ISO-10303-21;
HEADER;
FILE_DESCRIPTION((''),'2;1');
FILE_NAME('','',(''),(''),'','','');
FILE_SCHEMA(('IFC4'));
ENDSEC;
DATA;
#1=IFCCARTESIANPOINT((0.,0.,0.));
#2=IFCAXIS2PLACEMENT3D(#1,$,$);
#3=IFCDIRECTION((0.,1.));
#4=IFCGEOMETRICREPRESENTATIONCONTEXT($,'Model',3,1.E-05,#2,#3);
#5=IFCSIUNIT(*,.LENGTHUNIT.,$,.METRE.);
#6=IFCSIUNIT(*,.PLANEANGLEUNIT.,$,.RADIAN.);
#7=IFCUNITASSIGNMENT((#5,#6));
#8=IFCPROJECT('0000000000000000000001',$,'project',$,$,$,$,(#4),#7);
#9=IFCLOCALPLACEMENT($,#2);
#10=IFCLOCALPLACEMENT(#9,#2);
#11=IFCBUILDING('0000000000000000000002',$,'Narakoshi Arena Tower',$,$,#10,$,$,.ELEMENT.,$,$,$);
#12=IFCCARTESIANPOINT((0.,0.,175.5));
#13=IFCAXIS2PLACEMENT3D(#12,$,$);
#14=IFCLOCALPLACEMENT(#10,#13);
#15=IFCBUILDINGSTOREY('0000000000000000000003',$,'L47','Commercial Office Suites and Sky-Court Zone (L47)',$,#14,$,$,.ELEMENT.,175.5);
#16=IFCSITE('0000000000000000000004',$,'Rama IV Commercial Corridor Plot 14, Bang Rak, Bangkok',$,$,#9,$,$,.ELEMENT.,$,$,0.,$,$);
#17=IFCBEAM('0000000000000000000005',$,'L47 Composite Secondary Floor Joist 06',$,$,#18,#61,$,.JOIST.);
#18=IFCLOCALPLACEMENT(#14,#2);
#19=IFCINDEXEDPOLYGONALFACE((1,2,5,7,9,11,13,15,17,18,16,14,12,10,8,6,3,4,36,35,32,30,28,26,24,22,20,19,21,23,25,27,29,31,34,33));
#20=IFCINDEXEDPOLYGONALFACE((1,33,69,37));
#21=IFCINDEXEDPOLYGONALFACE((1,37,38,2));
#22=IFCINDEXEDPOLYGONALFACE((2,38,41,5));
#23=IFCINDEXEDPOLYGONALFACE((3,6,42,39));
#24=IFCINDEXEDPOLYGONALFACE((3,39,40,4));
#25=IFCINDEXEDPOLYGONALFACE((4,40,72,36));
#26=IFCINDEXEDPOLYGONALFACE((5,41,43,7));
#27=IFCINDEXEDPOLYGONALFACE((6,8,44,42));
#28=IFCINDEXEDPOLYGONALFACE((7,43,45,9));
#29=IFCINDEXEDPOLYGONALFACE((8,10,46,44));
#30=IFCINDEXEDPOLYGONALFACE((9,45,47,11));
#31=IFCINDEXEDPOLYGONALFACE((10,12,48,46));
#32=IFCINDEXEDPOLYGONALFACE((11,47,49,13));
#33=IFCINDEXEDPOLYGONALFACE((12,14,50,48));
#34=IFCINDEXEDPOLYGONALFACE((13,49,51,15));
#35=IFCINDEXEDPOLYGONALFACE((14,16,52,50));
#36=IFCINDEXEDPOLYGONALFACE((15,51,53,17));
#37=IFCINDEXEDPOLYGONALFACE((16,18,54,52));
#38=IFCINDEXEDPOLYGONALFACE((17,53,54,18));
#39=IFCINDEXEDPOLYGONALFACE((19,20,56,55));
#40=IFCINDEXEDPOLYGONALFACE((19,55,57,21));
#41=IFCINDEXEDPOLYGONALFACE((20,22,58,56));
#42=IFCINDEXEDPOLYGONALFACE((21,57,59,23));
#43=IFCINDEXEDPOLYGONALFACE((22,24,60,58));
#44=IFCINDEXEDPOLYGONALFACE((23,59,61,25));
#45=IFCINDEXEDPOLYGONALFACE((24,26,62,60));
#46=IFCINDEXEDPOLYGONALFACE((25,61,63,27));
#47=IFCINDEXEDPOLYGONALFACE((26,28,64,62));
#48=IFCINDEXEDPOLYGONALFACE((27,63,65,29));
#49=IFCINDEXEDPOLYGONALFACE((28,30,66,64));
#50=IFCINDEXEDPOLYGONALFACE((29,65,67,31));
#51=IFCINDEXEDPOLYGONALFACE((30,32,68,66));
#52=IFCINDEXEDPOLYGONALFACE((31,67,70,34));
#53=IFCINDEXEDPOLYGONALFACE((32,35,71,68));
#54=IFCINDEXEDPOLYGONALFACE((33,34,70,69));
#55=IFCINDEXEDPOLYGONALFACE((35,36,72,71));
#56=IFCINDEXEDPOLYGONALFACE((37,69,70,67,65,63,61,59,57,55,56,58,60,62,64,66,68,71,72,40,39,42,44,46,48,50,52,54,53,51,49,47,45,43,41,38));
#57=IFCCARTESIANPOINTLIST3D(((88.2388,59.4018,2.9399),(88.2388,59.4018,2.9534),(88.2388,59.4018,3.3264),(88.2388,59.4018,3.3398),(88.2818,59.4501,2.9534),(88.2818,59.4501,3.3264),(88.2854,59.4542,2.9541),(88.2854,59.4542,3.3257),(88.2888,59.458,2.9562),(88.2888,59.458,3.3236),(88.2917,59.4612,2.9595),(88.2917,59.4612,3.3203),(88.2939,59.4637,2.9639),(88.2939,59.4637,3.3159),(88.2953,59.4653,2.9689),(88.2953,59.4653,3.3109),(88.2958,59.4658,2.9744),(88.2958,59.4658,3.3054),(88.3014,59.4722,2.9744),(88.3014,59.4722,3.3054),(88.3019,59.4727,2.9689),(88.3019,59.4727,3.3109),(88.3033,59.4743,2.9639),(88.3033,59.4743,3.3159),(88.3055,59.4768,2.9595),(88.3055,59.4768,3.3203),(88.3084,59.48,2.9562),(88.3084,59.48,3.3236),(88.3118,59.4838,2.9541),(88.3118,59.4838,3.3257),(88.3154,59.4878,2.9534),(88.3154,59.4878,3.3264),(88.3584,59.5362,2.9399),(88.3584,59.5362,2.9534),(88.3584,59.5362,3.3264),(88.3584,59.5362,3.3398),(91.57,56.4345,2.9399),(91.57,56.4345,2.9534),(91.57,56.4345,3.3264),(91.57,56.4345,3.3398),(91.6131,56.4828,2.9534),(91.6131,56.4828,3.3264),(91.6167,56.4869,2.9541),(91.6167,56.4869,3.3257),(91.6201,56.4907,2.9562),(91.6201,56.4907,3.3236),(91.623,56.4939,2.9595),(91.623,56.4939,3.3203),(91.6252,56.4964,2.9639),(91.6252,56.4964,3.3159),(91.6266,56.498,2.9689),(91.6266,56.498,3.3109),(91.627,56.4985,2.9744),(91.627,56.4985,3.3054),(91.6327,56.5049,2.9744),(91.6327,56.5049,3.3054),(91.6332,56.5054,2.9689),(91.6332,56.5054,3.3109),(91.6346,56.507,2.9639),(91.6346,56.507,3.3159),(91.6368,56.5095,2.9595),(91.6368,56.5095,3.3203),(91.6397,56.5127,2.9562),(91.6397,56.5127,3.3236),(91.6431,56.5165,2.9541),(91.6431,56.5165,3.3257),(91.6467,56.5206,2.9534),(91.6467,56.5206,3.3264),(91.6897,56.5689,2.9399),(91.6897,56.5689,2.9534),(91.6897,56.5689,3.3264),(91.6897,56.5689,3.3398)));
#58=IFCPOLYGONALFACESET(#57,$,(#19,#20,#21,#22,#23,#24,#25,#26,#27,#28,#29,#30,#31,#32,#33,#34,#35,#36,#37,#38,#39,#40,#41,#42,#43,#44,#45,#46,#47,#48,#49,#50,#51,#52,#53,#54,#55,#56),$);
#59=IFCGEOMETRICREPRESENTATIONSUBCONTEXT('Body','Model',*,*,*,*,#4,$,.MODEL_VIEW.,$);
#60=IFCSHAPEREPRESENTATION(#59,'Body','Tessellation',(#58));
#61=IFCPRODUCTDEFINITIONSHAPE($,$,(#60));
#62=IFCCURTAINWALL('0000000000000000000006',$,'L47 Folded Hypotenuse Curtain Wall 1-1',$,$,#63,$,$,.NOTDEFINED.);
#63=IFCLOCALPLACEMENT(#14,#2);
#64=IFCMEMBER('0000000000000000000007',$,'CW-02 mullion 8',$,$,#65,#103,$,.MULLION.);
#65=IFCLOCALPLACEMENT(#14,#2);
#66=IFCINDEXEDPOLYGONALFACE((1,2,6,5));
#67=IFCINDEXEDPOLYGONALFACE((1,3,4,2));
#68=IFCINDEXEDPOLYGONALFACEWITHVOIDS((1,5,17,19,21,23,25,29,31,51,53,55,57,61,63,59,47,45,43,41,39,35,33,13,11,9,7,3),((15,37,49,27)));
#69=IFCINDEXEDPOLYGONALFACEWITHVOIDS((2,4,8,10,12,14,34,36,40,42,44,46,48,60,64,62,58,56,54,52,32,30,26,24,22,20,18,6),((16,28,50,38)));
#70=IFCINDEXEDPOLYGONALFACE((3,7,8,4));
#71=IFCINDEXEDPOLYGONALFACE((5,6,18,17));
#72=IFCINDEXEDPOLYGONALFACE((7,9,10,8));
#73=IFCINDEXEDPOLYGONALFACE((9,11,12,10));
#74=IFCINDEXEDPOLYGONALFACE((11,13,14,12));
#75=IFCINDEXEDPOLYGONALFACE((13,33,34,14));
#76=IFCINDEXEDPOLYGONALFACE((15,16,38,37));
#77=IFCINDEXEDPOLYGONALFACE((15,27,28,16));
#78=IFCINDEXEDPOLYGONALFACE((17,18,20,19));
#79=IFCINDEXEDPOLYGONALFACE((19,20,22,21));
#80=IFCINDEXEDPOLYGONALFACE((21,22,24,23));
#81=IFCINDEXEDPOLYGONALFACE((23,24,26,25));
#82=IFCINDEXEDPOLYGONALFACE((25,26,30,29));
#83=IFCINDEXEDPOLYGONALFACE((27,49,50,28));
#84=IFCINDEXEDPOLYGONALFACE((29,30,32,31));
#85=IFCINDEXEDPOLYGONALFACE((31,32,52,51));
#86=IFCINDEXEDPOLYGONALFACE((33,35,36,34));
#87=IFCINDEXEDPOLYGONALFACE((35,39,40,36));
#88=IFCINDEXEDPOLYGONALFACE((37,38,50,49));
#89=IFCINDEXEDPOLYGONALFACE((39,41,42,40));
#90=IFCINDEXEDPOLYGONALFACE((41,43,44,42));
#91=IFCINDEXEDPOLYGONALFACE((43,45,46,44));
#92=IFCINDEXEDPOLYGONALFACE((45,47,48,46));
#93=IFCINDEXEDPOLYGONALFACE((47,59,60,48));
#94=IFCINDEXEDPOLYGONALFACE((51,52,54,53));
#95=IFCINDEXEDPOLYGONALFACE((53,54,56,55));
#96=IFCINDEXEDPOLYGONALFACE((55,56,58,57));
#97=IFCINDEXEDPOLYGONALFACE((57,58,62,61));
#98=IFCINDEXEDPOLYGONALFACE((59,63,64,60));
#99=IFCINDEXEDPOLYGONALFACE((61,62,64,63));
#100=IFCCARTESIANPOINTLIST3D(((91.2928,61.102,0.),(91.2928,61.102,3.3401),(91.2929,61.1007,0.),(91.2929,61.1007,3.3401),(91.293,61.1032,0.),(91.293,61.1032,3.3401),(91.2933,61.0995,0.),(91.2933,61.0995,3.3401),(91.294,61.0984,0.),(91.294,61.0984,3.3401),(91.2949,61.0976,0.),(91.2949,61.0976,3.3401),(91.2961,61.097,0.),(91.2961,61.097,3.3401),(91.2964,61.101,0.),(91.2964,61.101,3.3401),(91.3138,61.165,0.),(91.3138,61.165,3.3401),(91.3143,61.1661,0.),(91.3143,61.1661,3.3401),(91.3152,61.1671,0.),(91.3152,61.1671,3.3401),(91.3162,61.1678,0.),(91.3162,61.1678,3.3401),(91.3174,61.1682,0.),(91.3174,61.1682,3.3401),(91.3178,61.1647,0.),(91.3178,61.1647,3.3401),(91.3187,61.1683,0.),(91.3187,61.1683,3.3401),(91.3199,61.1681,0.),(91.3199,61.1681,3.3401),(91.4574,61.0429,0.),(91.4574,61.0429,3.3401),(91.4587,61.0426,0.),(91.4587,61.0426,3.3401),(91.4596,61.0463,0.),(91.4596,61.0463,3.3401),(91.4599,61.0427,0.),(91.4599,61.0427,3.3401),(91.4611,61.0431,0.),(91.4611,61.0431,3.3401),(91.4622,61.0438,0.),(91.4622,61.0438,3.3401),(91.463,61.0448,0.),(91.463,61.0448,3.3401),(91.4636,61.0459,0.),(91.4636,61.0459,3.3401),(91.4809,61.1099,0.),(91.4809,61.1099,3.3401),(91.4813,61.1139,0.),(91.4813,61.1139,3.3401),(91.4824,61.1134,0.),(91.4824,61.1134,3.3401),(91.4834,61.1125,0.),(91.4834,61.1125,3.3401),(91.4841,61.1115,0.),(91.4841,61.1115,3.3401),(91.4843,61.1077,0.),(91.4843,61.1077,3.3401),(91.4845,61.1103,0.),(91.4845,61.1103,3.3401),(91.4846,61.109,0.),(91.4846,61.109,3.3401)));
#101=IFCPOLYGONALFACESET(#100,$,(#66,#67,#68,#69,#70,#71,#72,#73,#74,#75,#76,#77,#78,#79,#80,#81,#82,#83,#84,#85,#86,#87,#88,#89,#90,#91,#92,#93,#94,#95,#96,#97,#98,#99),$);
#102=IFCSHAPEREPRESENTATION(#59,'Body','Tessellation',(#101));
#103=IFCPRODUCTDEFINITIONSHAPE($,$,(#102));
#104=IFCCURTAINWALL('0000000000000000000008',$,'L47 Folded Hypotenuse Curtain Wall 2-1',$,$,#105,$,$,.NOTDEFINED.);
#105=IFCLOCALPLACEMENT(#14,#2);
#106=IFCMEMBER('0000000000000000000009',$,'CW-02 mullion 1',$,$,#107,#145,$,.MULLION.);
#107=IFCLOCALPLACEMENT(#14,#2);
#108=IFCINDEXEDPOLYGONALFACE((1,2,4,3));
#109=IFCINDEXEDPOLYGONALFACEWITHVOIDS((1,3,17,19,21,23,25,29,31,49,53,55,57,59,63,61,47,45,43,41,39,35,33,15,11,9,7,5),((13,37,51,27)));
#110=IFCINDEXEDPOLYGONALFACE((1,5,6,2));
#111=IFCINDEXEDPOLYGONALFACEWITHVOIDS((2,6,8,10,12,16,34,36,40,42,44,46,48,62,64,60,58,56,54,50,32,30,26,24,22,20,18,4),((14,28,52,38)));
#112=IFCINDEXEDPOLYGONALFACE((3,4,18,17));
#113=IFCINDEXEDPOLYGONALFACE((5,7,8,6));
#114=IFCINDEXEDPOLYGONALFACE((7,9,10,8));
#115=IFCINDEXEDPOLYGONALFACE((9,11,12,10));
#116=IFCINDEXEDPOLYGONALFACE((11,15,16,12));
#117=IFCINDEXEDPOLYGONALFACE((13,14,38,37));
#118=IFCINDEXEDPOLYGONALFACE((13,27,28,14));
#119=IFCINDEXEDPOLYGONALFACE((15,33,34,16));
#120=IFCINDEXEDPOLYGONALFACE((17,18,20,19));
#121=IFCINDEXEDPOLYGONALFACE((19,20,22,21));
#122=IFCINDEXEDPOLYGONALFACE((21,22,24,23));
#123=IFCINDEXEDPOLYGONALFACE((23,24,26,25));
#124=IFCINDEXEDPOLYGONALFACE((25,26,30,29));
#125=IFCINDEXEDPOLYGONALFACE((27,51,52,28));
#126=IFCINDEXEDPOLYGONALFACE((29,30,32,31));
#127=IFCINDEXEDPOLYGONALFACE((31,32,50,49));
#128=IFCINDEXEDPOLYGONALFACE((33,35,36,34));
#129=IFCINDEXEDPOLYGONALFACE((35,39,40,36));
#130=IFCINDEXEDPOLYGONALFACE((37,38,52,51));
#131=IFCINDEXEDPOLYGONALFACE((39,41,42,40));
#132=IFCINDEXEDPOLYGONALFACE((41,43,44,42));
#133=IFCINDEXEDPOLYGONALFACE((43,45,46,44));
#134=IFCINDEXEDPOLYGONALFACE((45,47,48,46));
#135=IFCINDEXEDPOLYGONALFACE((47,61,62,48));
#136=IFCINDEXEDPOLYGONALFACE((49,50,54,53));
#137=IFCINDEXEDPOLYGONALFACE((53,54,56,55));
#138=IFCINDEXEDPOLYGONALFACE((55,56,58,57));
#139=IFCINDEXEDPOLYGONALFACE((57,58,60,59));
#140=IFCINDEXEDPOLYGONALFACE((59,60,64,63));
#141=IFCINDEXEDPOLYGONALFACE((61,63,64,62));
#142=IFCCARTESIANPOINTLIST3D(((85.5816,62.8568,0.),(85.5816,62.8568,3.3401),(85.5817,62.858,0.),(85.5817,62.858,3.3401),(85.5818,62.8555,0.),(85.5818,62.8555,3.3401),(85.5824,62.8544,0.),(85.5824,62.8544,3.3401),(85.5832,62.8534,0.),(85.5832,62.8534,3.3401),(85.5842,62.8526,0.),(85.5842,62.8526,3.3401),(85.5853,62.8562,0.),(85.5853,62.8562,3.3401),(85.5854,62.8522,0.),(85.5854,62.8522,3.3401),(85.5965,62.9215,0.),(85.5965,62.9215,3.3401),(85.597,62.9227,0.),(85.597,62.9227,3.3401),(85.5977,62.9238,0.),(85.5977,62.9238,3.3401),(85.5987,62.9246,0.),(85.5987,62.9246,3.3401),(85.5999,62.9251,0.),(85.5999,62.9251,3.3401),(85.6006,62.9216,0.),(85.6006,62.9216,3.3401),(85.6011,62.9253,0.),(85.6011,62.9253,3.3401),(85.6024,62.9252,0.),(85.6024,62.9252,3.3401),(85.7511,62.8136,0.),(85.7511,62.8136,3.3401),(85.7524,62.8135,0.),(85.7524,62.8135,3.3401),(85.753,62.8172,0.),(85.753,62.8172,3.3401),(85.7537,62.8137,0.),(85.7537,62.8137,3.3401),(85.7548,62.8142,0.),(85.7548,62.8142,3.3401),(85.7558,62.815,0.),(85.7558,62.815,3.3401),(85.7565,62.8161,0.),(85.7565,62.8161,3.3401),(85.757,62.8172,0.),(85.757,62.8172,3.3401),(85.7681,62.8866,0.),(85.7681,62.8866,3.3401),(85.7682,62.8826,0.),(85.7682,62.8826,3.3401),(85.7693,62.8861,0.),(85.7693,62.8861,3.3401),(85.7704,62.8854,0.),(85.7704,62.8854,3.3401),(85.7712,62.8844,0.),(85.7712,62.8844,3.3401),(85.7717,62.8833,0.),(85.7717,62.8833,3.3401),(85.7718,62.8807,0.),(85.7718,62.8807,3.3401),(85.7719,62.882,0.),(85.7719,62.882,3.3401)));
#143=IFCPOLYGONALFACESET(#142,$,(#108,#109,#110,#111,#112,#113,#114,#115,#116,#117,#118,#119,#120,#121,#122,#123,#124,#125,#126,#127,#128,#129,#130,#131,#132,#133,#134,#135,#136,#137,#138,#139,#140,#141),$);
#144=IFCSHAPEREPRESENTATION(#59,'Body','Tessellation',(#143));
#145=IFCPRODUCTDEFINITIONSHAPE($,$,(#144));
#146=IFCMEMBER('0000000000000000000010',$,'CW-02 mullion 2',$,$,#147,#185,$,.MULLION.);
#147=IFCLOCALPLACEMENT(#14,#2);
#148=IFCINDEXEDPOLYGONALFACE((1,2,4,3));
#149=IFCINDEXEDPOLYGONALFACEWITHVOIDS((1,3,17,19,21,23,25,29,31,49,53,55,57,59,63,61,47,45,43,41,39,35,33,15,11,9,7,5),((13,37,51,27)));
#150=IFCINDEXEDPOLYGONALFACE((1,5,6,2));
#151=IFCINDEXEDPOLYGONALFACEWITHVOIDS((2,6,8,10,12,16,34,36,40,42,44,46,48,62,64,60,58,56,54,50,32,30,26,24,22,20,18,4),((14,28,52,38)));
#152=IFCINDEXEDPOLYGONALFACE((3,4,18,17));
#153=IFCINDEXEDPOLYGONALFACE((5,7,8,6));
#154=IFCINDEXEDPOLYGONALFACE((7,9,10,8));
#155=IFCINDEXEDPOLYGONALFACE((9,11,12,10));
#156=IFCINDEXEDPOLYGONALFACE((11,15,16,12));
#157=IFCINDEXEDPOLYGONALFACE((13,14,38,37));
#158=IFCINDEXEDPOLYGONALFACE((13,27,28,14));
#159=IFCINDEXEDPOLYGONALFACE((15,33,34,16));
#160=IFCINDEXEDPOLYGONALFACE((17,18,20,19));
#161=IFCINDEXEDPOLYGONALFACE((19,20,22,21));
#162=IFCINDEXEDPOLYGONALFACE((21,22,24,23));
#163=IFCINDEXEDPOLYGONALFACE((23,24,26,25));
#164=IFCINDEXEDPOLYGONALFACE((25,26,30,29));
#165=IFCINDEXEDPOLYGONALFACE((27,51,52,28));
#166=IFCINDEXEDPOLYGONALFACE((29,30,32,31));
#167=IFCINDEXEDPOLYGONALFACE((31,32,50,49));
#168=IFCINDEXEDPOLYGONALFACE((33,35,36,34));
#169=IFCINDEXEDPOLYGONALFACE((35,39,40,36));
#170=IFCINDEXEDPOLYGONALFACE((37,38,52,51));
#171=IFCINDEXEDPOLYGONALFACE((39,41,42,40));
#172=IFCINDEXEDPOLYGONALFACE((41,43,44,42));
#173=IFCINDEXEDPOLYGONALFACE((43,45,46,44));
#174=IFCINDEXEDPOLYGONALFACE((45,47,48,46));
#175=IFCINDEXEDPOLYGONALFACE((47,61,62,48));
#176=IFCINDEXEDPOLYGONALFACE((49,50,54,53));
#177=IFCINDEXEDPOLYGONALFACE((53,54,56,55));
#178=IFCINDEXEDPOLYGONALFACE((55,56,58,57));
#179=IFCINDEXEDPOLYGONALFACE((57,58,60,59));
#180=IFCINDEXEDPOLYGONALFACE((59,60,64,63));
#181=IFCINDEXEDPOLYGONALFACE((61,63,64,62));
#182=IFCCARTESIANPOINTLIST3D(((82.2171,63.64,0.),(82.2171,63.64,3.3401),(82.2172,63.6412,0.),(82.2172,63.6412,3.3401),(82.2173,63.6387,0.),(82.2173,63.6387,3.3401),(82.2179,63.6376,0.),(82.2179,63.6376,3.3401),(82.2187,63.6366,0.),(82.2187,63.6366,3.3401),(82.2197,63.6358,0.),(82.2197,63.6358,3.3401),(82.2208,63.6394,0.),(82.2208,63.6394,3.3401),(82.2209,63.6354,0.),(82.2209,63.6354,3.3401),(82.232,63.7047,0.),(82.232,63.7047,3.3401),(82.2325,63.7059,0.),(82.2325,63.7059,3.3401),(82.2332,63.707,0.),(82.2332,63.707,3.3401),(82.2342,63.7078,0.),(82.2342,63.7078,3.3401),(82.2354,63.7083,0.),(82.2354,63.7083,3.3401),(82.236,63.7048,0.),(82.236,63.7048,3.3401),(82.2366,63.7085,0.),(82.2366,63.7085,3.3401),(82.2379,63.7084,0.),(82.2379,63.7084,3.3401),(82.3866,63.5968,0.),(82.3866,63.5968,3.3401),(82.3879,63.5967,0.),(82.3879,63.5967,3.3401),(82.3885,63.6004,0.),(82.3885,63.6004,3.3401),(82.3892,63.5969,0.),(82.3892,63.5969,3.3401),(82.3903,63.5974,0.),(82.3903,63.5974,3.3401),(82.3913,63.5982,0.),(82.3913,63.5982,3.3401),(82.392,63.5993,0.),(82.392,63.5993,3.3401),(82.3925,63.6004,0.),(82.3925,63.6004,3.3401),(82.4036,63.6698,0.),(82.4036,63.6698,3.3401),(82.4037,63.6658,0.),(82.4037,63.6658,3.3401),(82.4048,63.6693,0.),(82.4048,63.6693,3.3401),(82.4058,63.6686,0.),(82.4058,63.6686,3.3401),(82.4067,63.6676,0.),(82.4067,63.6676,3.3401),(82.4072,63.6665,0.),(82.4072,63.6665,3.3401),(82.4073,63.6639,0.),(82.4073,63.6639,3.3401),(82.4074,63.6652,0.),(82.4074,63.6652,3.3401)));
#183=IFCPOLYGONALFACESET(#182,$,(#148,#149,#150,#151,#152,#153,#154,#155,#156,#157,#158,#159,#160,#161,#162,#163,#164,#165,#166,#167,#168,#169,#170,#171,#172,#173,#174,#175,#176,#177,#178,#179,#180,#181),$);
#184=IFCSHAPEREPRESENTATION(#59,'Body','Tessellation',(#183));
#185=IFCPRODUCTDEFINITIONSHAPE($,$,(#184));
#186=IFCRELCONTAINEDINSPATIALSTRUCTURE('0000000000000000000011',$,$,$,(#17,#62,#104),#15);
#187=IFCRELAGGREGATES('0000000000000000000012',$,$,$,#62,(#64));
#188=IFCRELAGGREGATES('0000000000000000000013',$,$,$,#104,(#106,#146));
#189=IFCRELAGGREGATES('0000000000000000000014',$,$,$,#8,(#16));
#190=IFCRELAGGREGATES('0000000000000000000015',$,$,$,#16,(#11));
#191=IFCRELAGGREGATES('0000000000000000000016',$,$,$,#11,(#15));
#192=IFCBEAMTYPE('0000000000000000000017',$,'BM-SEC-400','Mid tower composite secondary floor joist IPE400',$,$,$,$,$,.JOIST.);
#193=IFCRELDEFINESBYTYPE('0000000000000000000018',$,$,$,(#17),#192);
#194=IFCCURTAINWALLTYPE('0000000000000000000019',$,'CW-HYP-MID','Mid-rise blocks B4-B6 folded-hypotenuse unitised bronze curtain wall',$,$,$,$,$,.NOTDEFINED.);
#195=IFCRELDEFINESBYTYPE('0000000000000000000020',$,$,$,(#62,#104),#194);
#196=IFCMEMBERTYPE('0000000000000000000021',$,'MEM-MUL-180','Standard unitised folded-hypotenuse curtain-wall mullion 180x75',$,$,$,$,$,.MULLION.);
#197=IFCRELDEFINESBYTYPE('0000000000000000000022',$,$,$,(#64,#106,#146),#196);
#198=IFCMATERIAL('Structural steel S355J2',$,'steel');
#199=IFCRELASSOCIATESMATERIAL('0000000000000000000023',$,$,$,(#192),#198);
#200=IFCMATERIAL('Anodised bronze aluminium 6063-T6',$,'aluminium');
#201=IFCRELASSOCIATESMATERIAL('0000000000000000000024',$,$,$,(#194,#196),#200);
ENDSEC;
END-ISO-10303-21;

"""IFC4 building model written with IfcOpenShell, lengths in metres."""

from ifc_helpers import new_model, si_unit, direction, frame, origin, origin_2d, place, context, subcontext, project, spatial, hollow_rectangle, i_section, extrude, material, material_profile, profile_set, type_object, element, aggregate, save


model = new_model("IFC4")

# Units and contexts
model_context = context("Model", 3, precision=1e-05, world=origin(), true_north=direction((0.0, 1.0)))
body_context = subcontext(model_context, "Body", "Model", "MODEL_VIEW")
ifc_project = project(units=[si_unit("LENGTHUNIT", "METRE"), si_unit("PLANEANGLEUNIT", "RADIAN")], contexts=[model_context])

# Site, building, storey
site_placement = place(None, origin())
site = spatial("IfcSite", under=ifc_project, at=site_placement, Name="Rama IV Commercial Corridor Plot 14, Bang Rak, Bangkok", CompositionType="ELEMENT", RefElevation=0.0)
building_placement = place(site_placement, origin())
building = spatial("IfcBuilding", under=site, at=building_placement, Name="Narakoshi Arena Tower", CompositionType="ELEMENT")
storey_placement = place(building_placement, frame((0.0, 0.0, 175.5)))
storey = spatial("IfcBuildingStorey", under=building, at=storey_placement, Name="L47", Description="Commercial Office Suites and Sky-Court Zone (L47)", CompositionType="ELEMENT", Elevation=175.5)

# Beam
ifc_material_1 = material(Name="Structural steel S355J2", Category="steel")
ifc_material_profile_1 = material_profile(ifc_material_1, i_section(OverallWidth=0.1799, OverallDepth=0.3999, WebThickness=0.0085, FlangeThickness=0.0134, FilletRadius=0.021, at=origin_2d()), Name="IPE400")
ifc_profile_set_1 = profile_set([ifc_material_profile_1], Name="Structural steel S355J2")
beam_type_1 = type_object("IfcBeamType", Name="BM-SEC-400", Description="Mid tower composite secondary floor joist IPE400", PredefinedType="JOIST", material=ifc_profile_set_1)
beam_1_placement = place(storey_placement, frame((91.6299, 56.5017, 3.1399), z_axis=(-0.746727, 0.665131, 0.0), x_axis=(-0.665131, -0.746727, 0.0)))
element("IfcBeam", 1, at=beam_1_placement, inside=storey, type_object=beam_type_1, Name="L47 Composite Secondary Floor Joist 06", PredefinedType="JOIST", context=body_context, shape_type="SweptSolid", body=[
    extrude(i_section(OverallWidth=0.1799, OverallDepth=0.3999, WebThickness=0.0085, FlangeThickness=0.0134, FilletRadius=0.021, at=origin_2d()), origin(), (0.0, 0.0, 1.0), 4.4612),
])

# Curtain wall, member
ifc_material_2 = material(Name="Anodised bronze aluminium 6063-T6", Category="aluminium")
curtain_wall_type = type_object("IfcCurtainWallType", Name="CW-HYP-MID", Description="Mid-rise blocks B4-B6 folded-hypotenuse unitised bronze curtain wall", PredefinedType="NOTDEFINED", material=ifc_material_2)
curtain_wall_1_placement = place(storey_placement, origin())
curtain_wall_1 = element("IfcCurtainWall", 2, at=curtain_wall_1_placement, inside=storey, type_object=curtain_wall_type, Name="L47 Folded Hypotenuse Curtain Wall 1-1", PredefinedType="NOTDEFINED")
ifc_material_profile_2 = material_profile(ifc_material_2, hollow_rectangle(XDim=0.075, YDim=0.1799, WallThickness=0.0039, OuterFilletRadius=0.0049, at=origin_2d()), Name="MUL180x75x4")
ifc_profile_set_2 = profile_set([ifc_material_profile_2], Name="Anodised bronze aluminium 6063-T6")
member_type_1 = type_object("IfcMemberType", Name="MEM-MUL-180", Description="Standard unitised folded-hypotenuse curtain-wall mullion 180x75", PredefinedType="MULLION", material=ifc_profile_set_2)
member_1_placement = place(storey_placement, frame((91.3887, 61.1055, 0.0), z_axis=(0.0, 0.0, 1.0), x_axis=(-0.318261, -0.948003, 0.0)))
member_1 = element("IfcMember", 3, at=member_1_placement, type_object=member_type_1, Name="CW-02 mullion 8", PredefinedType="MULLION", context=body_context, shape_type="SweptSolid", body=[
    extrude(hollow_rectangle(XDim=0.075, YDim=0.1799, WallThickness=0.0039, OuterFilletRadius=0.0049, at=origin_2d()), origin(), (0.0, 0.0, 1.0), 3.3401),
])
aggregate(curtain_wall_1, [member_1])

# Curtain wall, members
curtain_wall_2_placement = place(storey_placement, origin())
curtain_wall_2 = element("IfcCurtainWall", 4, at=curtain_wall_2_placement, inside=storey, type_object=curtain_wall_type, Name="L47 Folded Hypotenuse Curtain Wall 2-1", PredefinedType="NOTDEFINED")
member_2_placement = place(storey_placement, frame((85.6768, 62.8694, 0.0), z_axis=(0.0, 0.0, 1.0), x_axis=(-0.226721, -0.97396, 0.0)))
member_2 = element("IfcMember", 5, at=member_2_placement, type_object=member_type_1, Name="CW-02 mullion 1", PredefinedType="MULLION", context=body_context, shape_type="SweptSolid", body=[
    extrude(hollow_rectangle(XDim=0.075, YDim=0.1799, WallThickness=0.0039, OuterFilletRadius=0.0049, at=origin_2d()), origin(), (0.0, 0.0, 1.0), 3.3401),
])
member_3_placement = place(storey_placement, frame((82.3123, 63.6526, 0.0), z_axis=(0.0, 0.0, 1.0), x_axis=(-0.226721, -0.97396, 0.0)))
member_3 = element("IfcMember", 6, at=member_3_placement, type_object=member_type_1, Name="CW-02 mullion 2", PredefinedType="MULLION", context=body_context, shape_type="SweptSolid", body=[
    extrude(hollow_rectangle(XDim=0.075, YDim=0.1799, WallThickness=0.0039, OuterFilletRadius=0.0049, at=origin_2d()), origin(), (0.0, 0.0, 1.0), 3.3401),
])
aggregate(curtain_wall_2, [member_2, member_3])

save(model, "model.ifc")
